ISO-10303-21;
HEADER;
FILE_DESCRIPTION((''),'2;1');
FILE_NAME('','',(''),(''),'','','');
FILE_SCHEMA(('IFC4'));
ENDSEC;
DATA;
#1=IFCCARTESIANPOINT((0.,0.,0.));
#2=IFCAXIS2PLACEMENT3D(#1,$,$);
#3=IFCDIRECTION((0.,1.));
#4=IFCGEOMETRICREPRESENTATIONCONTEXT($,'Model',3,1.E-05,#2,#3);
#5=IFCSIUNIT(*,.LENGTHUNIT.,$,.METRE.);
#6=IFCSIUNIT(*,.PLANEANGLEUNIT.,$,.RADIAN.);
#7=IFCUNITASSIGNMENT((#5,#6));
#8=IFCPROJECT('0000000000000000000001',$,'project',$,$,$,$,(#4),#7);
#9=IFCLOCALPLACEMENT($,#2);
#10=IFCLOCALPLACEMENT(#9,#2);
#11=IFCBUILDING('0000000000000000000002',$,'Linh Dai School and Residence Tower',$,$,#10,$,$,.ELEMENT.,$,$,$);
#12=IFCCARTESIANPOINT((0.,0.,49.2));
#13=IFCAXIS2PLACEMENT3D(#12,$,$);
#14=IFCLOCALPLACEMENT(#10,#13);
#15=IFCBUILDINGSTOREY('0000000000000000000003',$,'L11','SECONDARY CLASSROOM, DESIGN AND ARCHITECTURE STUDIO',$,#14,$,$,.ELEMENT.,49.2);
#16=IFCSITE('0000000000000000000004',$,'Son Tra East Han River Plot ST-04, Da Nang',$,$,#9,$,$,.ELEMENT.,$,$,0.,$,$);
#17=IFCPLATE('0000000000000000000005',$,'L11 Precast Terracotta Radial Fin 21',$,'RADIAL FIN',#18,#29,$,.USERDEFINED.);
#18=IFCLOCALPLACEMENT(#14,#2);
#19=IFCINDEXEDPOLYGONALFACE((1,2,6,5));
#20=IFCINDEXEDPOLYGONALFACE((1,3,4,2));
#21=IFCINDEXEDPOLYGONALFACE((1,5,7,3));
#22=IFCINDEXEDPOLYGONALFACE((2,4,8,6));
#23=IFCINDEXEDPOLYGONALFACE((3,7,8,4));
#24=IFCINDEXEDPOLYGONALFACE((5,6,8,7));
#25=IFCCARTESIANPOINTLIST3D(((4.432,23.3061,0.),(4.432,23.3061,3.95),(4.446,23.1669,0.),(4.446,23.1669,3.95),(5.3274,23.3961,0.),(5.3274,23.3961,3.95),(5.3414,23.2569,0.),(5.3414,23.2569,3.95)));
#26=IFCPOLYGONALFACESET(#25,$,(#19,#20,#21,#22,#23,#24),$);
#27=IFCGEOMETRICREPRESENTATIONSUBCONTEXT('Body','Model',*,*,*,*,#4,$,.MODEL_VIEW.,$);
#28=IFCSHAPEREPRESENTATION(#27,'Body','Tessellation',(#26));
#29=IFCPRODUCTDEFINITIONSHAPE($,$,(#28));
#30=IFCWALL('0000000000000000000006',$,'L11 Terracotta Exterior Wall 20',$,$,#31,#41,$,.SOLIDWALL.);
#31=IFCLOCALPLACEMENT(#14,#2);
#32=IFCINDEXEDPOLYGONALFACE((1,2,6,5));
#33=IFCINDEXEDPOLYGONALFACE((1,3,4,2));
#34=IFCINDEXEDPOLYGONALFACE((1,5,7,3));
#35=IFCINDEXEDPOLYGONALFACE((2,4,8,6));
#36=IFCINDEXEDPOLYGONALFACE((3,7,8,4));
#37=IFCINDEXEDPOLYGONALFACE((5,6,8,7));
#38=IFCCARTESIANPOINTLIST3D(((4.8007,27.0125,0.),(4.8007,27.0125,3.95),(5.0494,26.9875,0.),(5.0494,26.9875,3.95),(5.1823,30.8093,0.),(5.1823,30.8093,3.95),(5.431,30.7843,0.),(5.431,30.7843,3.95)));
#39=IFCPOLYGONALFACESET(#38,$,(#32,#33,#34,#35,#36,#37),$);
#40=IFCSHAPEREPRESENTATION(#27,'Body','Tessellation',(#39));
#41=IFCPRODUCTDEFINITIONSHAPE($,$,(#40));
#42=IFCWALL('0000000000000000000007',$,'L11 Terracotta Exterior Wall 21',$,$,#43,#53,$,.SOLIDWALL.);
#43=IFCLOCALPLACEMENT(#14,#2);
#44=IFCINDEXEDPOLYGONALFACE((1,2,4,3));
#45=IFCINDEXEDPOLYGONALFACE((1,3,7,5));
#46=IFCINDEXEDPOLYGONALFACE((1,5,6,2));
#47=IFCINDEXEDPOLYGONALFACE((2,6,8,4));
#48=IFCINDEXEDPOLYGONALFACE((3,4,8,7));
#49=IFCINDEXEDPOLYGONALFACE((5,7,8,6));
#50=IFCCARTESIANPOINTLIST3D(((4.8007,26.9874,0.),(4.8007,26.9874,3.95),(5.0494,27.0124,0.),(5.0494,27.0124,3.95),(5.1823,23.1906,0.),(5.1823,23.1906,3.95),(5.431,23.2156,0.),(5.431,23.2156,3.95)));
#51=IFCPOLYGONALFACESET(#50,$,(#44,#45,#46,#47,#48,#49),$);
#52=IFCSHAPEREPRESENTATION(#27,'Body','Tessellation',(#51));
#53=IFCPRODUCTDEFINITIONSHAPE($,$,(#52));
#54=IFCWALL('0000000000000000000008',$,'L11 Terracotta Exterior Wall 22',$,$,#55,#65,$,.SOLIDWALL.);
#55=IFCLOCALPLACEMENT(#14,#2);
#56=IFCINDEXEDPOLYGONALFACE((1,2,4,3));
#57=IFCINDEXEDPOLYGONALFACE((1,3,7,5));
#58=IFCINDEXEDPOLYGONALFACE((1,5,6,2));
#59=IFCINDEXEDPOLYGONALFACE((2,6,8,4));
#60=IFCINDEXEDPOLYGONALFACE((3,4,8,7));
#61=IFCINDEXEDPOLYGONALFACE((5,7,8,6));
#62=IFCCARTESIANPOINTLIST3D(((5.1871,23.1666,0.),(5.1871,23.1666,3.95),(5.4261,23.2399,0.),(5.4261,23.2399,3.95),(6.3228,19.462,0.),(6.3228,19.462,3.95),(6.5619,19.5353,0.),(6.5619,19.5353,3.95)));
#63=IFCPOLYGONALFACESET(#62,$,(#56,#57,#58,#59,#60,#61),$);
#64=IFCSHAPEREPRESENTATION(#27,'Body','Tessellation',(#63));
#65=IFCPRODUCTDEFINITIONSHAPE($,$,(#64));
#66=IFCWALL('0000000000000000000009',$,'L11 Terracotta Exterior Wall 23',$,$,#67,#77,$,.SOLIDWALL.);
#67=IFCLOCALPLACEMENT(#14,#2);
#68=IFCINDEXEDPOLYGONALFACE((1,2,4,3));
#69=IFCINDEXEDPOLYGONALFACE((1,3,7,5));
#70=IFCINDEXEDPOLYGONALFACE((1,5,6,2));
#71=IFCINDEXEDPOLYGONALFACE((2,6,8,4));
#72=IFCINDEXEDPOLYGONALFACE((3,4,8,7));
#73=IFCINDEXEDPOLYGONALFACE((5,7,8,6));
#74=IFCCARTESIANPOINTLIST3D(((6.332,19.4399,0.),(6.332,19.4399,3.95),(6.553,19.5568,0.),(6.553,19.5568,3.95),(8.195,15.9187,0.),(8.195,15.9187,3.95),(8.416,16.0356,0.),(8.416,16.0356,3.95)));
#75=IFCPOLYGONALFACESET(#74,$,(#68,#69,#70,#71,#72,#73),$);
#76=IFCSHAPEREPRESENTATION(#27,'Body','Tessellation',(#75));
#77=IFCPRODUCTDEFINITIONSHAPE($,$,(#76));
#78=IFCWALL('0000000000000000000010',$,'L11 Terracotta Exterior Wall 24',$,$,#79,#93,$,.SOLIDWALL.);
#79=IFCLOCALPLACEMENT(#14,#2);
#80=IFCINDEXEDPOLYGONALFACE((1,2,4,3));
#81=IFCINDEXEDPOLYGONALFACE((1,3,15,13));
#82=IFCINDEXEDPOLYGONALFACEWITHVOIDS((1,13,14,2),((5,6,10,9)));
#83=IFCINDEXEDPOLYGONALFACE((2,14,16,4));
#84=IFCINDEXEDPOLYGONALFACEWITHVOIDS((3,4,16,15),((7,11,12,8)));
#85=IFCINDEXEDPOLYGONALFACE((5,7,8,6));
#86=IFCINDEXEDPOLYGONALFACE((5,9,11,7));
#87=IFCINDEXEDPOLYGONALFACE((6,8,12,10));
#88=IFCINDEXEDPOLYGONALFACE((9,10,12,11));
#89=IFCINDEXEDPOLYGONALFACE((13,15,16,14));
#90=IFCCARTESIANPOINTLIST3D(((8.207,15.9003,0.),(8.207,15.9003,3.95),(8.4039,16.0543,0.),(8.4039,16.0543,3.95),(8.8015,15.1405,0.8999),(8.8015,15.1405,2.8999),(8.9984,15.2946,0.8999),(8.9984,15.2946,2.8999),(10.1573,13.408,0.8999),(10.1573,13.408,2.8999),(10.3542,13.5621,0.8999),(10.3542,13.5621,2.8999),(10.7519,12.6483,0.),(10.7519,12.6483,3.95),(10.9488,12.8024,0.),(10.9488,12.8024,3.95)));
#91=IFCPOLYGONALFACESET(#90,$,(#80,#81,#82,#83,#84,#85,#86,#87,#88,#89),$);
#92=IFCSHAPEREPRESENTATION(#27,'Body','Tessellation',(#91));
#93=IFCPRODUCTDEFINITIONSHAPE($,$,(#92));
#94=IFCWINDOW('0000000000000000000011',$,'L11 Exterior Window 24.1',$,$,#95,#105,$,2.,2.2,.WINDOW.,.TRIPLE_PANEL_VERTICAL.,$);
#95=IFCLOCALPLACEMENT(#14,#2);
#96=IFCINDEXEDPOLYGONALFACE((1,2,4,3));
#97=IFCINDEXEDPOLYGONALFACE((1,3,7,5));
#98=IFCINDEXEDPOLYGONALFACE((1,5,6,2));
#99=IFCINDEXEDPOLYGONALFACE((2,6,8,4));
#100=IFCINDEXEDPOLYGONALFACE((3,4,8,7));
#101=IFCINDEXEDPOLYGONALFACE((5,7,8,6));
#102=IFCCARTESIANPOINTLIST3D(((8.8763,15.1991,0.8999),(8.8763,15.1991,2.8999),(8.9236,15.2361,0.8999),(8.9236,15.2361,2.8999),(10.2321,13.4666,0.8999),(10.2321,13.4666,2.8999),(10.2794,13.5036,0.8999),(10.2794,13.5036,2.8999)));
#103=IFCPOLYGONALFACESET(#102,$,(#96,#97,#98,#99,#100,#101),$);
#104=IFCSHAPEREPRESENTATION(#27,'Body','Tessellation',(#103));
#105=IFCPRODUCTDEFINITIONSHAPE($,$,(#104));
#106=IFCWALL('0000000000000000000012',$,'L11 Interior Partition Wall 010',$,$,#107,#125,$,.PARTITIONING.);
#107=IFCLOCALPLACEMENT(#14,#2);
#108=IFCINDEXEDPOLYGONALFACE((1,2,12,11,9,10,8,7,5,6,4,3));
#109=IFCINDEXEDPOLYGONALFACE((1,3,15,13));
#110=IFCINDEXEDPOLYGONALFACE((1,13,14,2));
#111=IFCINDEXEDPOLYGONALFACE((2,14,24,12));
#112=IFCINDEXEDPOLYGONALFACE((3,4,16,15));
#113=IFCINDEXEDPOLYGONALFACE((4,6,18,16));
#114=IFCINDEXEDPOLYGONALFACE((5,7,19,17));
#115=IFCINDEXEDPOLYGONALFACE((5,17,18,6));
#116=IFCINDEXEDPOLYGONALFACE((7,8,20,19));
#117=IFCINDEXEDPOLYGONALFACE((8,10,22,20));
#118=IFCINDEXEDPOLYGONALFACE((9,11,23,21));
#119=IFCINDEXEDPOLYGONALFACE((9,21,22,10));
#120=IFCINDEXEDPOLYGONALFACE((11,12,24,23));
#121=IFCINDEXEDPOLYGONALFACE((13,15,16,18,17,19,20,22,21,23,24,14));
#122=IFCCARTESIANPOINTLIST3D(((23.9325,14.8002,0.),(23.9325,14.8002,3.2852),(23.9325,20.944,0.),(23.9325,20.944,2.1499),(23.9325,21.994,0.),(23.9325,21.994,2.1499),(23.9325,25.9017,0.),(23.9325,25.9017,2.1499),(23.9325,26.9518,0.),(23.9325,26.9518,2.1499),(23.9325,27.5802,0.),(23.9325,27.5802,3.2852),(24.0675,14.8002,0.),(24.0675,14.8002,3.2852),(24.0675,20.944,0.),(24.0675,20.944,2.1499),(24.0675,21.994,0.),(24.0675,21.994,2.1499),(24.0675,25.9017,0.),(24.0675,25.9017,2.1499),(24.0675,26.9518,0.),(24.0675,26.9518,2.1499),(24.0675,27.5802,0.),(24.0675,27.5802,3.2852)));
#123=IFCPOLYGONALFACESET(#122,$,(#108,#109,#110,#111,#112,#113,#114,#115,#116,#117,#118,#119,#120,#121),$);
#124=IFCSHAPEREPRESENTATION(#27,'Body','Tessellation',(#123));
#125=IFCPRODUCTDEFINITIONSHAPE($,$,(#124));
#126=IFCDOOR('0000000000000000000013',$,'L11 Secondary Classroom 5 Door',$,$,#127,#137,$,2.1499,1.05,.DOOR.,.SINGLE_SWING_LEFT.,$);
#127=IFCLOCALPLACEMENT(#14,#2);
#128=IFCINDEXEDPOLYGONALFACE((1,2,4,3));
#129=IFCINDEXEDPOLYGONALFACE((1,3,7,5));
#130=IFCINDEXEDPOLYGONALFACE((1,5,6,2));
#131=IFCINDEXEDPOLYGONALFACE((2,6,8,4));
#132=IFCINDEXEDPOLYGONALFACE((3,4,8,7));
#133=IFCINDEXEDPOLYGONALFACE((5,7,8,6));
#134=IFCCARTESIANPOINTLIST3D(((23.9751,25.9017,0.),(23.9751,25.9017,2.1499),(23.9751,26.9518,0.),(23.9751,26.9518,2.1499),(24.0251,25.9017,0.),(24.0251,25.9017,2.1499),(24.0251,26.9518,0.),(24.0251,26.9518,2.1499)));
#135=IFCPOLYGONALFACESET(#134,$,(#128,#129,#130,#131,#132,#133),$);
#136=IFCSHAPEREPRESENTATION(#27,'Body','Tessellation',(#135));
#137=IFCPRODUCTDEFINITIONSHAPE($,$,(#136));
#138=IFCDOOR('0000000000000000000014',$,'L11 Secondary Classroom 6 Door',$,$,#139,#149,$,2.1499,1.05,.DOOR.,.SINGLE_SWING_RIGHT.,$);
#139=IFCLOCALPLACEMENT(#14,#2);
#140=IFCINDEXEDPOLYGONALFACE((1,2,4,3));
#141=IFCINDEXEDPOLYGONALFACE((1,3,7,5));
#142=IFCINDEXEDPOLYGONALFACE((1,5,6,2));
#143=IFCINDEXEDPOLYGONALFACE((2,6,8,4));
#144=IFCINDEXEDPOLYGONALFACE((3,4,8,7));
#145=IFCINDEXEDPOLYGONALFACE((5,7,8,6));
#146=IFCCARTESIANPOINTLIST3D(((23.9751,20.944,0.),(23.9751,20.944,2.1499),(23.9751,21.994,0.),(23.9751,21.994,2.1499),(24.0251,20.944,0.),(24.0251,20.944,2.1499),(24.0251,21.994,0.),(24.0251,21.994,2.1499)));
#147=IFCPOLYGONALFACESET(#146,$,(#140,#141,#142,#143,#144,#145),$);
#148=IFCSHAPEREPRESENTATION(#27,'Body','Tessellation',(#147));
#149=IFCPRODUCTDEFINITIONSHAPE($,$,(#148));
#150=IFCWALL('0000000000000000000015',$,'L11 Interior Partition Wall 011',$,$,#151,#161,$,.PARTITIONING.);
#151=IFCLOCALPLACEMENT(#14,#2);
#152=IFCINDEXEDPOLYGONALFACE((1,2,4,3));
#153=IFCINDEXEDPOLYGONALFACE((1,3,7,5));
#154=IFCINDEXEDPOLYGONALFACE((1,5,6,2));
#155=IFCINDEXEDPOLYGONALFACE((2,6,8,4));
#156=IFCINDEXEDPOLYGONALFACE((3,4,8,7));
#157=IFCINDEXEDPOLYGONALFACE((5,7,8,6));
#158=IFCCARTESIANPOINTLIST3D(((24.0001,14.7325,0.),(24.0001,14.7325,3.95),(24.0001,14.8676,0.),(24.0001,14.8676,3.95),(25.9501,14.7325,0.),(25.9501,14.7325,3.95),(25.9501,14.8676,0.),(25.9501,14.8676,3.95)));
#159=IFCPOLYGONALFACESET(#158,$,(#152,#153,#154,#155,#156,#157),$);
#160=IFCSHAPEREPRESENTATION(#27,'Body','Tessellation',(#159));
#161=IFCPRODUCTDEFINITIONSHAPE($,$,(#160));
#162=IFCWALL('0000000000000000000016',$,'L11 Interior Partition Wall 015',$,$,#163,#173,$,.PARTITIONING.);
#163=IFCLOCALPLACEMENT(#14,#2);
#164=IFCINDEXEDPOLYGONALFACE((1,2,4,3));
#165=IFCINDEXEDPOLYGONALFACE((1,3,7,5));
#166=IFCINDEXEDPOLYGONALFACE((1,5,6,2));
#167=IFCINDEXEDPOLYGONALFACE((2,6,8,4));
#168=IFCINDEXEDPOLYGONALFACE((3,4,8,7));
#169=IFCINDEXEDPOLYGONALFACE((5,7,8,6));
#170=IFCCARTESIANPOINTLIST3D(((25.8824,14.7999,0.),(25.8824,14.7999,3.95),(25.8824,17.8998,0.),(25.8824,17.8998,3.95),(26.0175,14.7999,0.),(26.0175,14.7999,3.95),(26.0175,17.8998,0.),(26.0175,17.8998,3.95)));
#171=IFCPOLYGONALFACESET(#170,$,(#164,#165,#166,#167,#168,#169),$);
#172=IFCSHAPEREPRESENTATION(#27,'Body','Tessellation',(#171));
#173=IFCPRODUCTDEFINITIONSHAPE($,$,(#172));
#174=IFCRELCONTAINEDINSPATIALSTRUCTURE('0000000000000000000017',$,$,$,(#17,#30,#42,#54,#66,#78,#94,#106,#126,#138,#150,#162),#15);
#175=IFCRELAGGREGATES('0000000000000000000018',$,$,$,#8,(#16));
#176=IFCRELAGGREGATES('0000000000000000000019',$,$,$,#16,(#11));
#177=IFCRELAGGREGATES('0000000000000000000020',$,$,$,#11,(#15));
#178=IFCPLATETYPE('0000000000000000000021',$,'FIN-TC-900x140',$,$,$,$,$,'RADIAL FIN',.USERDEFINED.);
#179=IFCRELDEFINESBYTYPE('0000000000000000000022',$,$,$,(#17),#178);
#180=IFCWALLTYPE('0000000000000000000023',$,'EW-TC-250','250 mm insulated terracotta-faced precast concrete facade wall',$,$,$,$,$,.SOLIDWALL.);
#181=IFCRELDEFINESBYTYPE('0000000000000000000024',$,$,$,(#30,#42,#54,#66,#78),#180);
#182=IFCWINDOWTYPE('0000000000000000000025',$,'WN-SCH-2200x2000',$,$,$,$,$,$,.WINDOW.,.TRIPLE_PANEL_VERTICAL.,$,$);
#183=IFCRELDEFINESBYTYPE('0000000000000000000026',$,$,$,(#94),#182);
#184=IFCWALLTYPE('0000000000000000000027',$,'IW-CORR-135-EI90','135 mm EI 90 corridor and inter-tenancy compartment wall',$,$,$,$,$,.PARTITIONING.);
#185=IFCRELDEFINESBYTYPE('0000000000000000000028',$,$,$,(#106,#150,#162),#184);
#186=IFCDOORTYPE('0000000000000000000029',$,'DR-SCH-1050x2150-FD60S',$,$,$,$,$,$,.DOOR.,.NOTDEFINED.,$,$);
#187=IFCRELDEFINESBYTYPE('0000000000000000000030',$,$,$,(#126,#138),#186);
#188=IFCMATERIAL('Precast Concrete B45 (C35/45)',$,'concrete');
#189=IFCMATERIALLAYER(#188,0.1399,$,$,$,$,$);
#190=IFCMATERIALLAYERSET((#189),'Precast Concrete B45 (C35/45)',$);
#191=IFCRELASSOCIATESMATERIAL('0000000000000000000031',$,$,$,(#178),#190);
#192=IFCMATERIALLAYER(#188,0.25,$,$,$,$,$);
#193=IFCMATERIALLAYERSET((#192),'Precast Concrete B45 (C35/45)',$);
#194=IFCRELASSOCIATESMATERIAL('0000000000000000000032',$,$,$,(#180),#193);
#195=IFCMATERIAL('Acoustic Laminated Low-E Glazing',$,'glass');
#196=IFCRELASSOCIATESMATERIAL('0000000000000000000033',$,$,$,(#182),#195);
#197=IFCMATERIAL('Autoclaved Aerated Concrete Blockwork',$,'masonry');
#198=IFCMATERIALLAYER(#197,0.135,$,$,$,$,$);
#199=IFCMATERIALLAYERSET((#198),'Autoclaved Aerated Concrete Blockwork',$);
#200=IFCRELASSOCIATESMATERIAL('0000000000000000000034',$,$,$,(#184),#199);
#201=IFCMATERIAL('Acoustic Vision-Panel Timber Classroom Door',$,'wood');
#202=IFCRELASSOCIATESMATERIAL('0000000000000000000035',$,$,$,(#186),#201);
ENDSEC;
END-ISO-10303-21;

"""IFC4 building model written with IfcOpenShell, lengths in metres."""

from ifc_helpers import new_model, si_unit, direction, frame, frame_2d, origin, origin_2d, place, context, subcontext, project, spatial, rectangle, extrude, source, transform, mapped, material, layer, layer_set, type_object, element, fill, save


model = new_model("IFC4")

# Units and contexts
model_context = context("Model", 3, precision=1e-05, world=origin(), true_north=direction((0.0, 1.0)))
body_context = subcontext(model_context, "Body", "Model", "MODEL_VIEW")
ifc_project = project(units=[si_unit("LENGTHUNIT", "METRE"), si_unit("PLANEANGLEUNIT", "RADIAN")], contexts=[model_context])

# Site, building, storey
site_placement = place(None, origin())
site = spatial("IfcSite", under=ifc_project, at=site_placement, Name="Son Tra East Han River Plot ST-04, Da Nang", CompositionType="ELEMENT", RefElevation=0.0)
building_placement = place(site_placement, origin())
building = spatial("IfcBuilding", under=site, at=building_placement, Name="Linh Dai School and Residence Tower", CompositionType="ELEMENT")
storey_placement = place(building_placement, frame((0.0, 0.0, 49.2)))
storey = spatial("IfcBuildingStorey", under=building, at=storey_placement, Name="L11", Description="SECONDARY CLASSROOM, DESIGN AND ARCHITECTURE STUDIO", CompositionType="ELEMENT", Elevation=49.2)

# Plate
ifc_material_1 = material(Name="Precast Concrete B45 (C35/45)", Category="concrete")
ifc_layer_1 = layer(ifc_material_1, 0.1399)
ifc_layer_set_1 = layer_set([ifc_layer_1], Name="Precast Concrete B45 (C35/45)")
plate_type_1 = type_object("IfcPlateType", Name="FIN-TC-900x140", ElementType="RADIAL FIN", PredefinedType="USERDEFINED", material=ifc_layer_set_1)
shared_shape_1 = source(origin(), body_context, "Body", "SweptSolid", [
    extrude(rectangle(XDim=0.8999, YDim=0.1399, at=origin_2d()), origin(), (0.0, 0.0, 1.0), 3.95),
])
plate_placement = place(storey_placement, frame((4.8867, 23.2815, 0.0), z_axis=(0.0, 0.0, 1.0), x_axis=(-0.994986, -0.100009, 0.0)))
element("IfcPlate", 1, at=plate_placement, inside=storey, type_object=plate_type_1, Name="L11 Precast Terracotta Radial Fin 21", ObjectType="RADIAL FIN", PredefinedType="USERDEFINED", context=body_context, shape_type="MappedRepresentation", body=[
    mapped(shared_shape_1, transform((0.0, 0.0, 0.0), x_axis=(1.0, 0.0, 0.0), y_axis=(0.0, 1.0, 0.0), z_axis=(0.0, 0.0, 1.0), scale=1.0)),
])

# Walls
ifc_layer_2 = layer(ifc_material_1, 0.25)
ifc_layer_set_2 = layer_set([ifc_layer_2], Name="Precast Concrete B45 (C35/45)")
wall_type_1 = type_object("IfcWallType", Name="EW-TC-250", Description="250 mm insulated terracotta-faced precast concrete facade wall", PredefinedType="SOLIDWALL", material=ifc_layer_set_2)
for number, where, z_axis, x_axis, name in (
    (2, (4.925, 27.0, 0.0), (0.0, 0.0, 1.0), (0.099998, 0.994988, 0.0), "L11 Terracotta Exterior Wall 20"),
    (3, (5.3066, 23.2031, 0.0), (0.0, 0.0, 1.0), (-0.099998, 0.994988, 0.0), "L11 Terracotta Exterior Wall 21"),
):
    element("IfcWall", number, at=place(storey_placement, frame(where, z_axis=z_axis, x_axis=x_axis)), inside=storey, type_object=wall_type_1, Name=name, PredefinedType="SOLIDWALL", context=body_context, shape_type="SweptSolid", body=[
        extrude(rectangle(XDim=3.8159, YDim=0.25, at=frame_2d((1.908, 0.0))), origin(), (0.0, 0.0, 1.0), 3.95),
    ])
wall_1_placement = place(storey_placement, frame((6.4424, 19.4985, 0.0), z_axis=(0.0, 0.0, 1.0), x_axis=(-0.293112, 0.956078, 0.0)))
element("IfcWall", 4, at=wall_1_placement, inside=storey, type_object=wall_type_1, Name="L11 Terracotta Exterior Wall 22", PredefinedType="SOLIDWALL", context=body_context, shape_type="SweptSolid", body=[
    extrude(rectangle(XDim=3.8748, YDim=0.25, at=frame_2d((1.9375, 0.0))), origin(), (0.0, 0.0, 1.0), 3.95),
])
wall_2_placement = place(storey_placement, frame((8.3054, 15.9773, 0.0), z_axis=(0.0, 0.0, 1.0), x_axis=(-0.467662, 0.883907, 0.0)))
element("IfcWall", 5, at=wall_2_placement, inside=storey, type_object=wall_type_1, Name="L11 Terracotta Exterior Wall 23", PredefinedType="SOLIDWALL", context=body_context, shape_type="SweptSolid", body=[
    extrude(rectangle(XDim=3.9836, YDim=0.25, at=frame_2d((1.9917, 0.0))), origin(), (0.0, 0.0, 1.0), 3.95),
])

# Wall, opening, window
wall_3_placement = place(storey_placement, frame((10.8503, 12.7253, 0.0), z_axis=(0.0, 0.0, 1.0), x_axis=(-0.616296, 0.787515, 0.0)))
wall_3 = element("IfcWall", 6, at=wall_3_placement, inside=storey, type_object=wall_type_1, Name="L11 Terracotta Exterior Wall 24", PredefinedType="SOLIDWALL", context=body_context, shape_type="SweptSolid", body=[
    extrude(rectangle(XDim=4.1294, YDim=0.25, at=frame_2d((2.0647, 0.0))), origin(), (0.0, 0.0, 1.0), 3.95),
])
opening_1_placement = place(wall_3_placement, frame((0.9646, 0.0, 0.8999)))
opening_1 = element("IfcOpeningElement", 7, at=opening_1_placement, cuts=wall_3, PredefinedType="OPENING", context=body_context, shape_type="SweptSolid", body=[
    extrude(rectangle(XDim=2.2, YDim=2.0, at=origin_2d()), frame((1.1001, 0.135, 1.0), z_axis=(0.0, -1.0, 0.0), x_axis=(1.0, 0.0, 0.0)), (0.0, 0.0, 1.0), 0.27),
])
ifc_material_2 = material(Name="Acoustic Laminated Low-E Glazing", Category="glass")
window_type = type_object("IfcWindowType", Name="WN-SCH-2200x2000", PartitioningType="TRIPLE_PANEL_VERTICAL", PredefinedType="WINDOW", material=ifc_material_2)
shared_shape_2 = source(origin(), body_context, "Body", "SweptSolid", [
    extrude(rectangle(XDim=2.2, YDim=2.0, at=origin_2d()), frame((1.1001, 0.03, 1.0), z_axis=(0.0, -1.0, 0.0), x_axis=(1.0, 0.0, 0.0)), (0.0, 0.0, 1.0), 0.0601),
])
window_placement = place(opening_1_placement, origin())
window = element("IfcWindow", 8, at=window_placement, inside=storey, type_object=window_type, Name="L11 Exterior Window 24.1", OverallHeight=2.0, OverallWidth=2.2, PartitioningType="TRIPLE_PANEL_VERTICAL", PredefinedType="WINDOW", context=body_context, shape_type="MappedRepresentation", body=[
    mapped(shared_shape_2, transform((0.0, 0.0, 0.0), x_axis=(1.0, 0.0, 0.0), y_axis=(0.0, 1.0, 0.0), z_axis=(0.0, 0.0, 1.0), scale=1.0)),
])
fill(opening_1, window)

# Wall, openings, doors
ifc_material_3 = material(Name="Autoclaved Aerated Concrete Blockwork", Category="masonry")
ifc_layer_3 = layer(ifc_material_3, 0.135)
ifc_layer_set_3 = layer_set([ifc_layer_3], Name="Autoclaved Aerated Concrete Blockwork")
wall_type_2 = type_object("IfcWallType", Name="IW-CORR-135-EI90", Description="135 mm EI 90 corridor and inter-tenancy compartment wall", PredefinedType="PARTITIONING", material=ifc_layer_set_3)
wall_4_placement = place(storey_placement, frame((24.0, 14.8, 0.0), z_axis=(0.0, 0.0, 1.0), x_axis=(0.0, 1.0, 0.0)))
wall_4 = element("IfcWall", 9, at=wall_4_placement, inside=storey, type_object=wall_type_2, Name="L11 Interior Partition Wall 010", PredefinedType="PARTITIONING", context=body_context, shape_type="SweptSolid", body=[
    extrude(rectangle(XDim=12.78, YDim=0.135, at=frame_2d((6.3901, 0.0))), origin(), (0.0, 0.0, 1.0), 3.2852),
])
opening_2_placement = place(wall_4_placement, frame((11.1018, 0.0, 0.0)))
opening_2 = element("IfcOpeningElement", 10, at=opening_2_placement, cuts=wall_4, PredefinedType="OPENING", context=body_context, shape_type="SweptSolid", body=[
    extrude(rectangle(XDim=1.05, YDim=2.1499, at=origin_2d()), frame((0.5249, 0.0776, 1.075), z_axis=(0.0, -1.0, 0.0), x_axis=(1.0, 0.0, 0.0)), (0.0, 0.0, 1.0), 0.155),
])
opening_3_placement = place(wall_4_placement, frame((6.144, 0.0, 0.0)))
opening_3 = element("IfcOpeningElement", 11, at=opening_3_placement, cuts=wall_4, PredefinedType="OPENING", context=body_context, shape_type="SweptSolid", body=[
    extrude(rectangle(XDim=1.05, YDim=2.1499, at=origin_2d()), frame((0.5249, 0.0776, 1.075), z_axis=(0.0, -1.0, 0.0), x_axis=(1.0, 0.0, 0.0)), (0.0, 0.0, 1.0), 0.155),
])
ifc_material_4 = material(Name="Acoustic Vision-Panel Timber Classroom Door", Category="wood")
door_type = type_object("IfcDoorType", Name="DR-SCH-1050x2150-FD60S", OperationType="NOTDEFINED", PredefinedType="DOOR", material=ifc_material_4)
shared_shape_3 = source(origin(), body_context, "Body", "SweptSolid", [
    extrude(rectangle(XDim=1.05, YDim=2.1499, at=origin_2d()), frame((0.5249, 0.0249, 1.075), z_axis=(0.0, -1.0, 0.0), x_axis=(1.0, 0.0, 0.0)), (0.0, 0.0, 1.0), 0.05),
])
door_1_placement = place(opening_2_placement, origin())
door_1 = element("IfcDoor", 12, at=door_1_placement, inside=storey, type_object=door_type, Name="L11 Secondary Classroom 5 Door", OperationType="SINGLE_SWING_LEFT", OverallHeight=2.1499, OverallWidth=1.05, PredefinedType="DOOR", context=body_context, shape_type="MappedRepresentation", body=[
    mapped(shared_shape_3, transform((0.0, 0.0, 0.0), x_axis=(1.0, 0.0, 0.0), y_axis=(0.0, 1.0, 0.0), z_axis=(0.0, 0.0, 1.0), scale=1.0)),
])
fill(opening_2, door_1)
door_2_placement = place(opening_3_placement, origin())
door_2 = element("IfcDoor", 13, at=door_2_placement, inside=storey, type_object=door_type, Name="L11 Secondary Classroom 6 Door", OperationType="SINGLE_SWING_RIGHT", OverallHeight=2.1499, OverallWidth=1.05, PredefinedType="DOOR", context=body_context, shape_type="MappedRepresentation", body=[
    mapped(shared_shape_3, transform((0.0, 0.0, 0.0), x_axis=(1.0, 0.0, 0.0), y_axis=(0.0, 1.0, 0.0), z_axis=(0.0, 0.0, 1.0), scale=1.0)),
])
fill(opening_3, door_2)

# Walls
wall_5_placement = place(storey_placement, frame((24.0, 14.8, 0.0), z_axis=(0.0, 0.0, 1.0), x_axis=(1.0, 0.0, 0.0)))
element("IfcWall", 14, at=wall_5_placement, inside=storey, type_object=wall_type_2, Name="L11 Interior Partition Wall 011", PredefinedType="PARTITIONING", context=body_context, shape_type="SweptSolid", body=[
    extrude(rectangle(XDim=1.95, YDim=0.135, at=frame_2d((0.9751, 0.0))), origin(), (0.0, 0.0, 1.0), 3.95),
])
wall_6_placement = place(storey_placement, frame((25.95, 14.8, 0.0), z_axis=(0.0, 0.0, 1.0), x_axis=(0.0, 1.0, 0.0)))
element("IfcWall", 15, at=wall_6_placement, inside=storey, type_object=wall_type_2, Name="L11 Interior Partition Wall 015", PredefinedType="PARTITIONING", context=body_context, shape_type="SweptSolid", body=[
    extrude(rectangle(XDim=3.0999, YDim=0.135, at=frame_2d((1.5498, 0.0))), origin(), (0.0, 0.0, 1.0), 3.95),
])

save(model, "model.ifc")
